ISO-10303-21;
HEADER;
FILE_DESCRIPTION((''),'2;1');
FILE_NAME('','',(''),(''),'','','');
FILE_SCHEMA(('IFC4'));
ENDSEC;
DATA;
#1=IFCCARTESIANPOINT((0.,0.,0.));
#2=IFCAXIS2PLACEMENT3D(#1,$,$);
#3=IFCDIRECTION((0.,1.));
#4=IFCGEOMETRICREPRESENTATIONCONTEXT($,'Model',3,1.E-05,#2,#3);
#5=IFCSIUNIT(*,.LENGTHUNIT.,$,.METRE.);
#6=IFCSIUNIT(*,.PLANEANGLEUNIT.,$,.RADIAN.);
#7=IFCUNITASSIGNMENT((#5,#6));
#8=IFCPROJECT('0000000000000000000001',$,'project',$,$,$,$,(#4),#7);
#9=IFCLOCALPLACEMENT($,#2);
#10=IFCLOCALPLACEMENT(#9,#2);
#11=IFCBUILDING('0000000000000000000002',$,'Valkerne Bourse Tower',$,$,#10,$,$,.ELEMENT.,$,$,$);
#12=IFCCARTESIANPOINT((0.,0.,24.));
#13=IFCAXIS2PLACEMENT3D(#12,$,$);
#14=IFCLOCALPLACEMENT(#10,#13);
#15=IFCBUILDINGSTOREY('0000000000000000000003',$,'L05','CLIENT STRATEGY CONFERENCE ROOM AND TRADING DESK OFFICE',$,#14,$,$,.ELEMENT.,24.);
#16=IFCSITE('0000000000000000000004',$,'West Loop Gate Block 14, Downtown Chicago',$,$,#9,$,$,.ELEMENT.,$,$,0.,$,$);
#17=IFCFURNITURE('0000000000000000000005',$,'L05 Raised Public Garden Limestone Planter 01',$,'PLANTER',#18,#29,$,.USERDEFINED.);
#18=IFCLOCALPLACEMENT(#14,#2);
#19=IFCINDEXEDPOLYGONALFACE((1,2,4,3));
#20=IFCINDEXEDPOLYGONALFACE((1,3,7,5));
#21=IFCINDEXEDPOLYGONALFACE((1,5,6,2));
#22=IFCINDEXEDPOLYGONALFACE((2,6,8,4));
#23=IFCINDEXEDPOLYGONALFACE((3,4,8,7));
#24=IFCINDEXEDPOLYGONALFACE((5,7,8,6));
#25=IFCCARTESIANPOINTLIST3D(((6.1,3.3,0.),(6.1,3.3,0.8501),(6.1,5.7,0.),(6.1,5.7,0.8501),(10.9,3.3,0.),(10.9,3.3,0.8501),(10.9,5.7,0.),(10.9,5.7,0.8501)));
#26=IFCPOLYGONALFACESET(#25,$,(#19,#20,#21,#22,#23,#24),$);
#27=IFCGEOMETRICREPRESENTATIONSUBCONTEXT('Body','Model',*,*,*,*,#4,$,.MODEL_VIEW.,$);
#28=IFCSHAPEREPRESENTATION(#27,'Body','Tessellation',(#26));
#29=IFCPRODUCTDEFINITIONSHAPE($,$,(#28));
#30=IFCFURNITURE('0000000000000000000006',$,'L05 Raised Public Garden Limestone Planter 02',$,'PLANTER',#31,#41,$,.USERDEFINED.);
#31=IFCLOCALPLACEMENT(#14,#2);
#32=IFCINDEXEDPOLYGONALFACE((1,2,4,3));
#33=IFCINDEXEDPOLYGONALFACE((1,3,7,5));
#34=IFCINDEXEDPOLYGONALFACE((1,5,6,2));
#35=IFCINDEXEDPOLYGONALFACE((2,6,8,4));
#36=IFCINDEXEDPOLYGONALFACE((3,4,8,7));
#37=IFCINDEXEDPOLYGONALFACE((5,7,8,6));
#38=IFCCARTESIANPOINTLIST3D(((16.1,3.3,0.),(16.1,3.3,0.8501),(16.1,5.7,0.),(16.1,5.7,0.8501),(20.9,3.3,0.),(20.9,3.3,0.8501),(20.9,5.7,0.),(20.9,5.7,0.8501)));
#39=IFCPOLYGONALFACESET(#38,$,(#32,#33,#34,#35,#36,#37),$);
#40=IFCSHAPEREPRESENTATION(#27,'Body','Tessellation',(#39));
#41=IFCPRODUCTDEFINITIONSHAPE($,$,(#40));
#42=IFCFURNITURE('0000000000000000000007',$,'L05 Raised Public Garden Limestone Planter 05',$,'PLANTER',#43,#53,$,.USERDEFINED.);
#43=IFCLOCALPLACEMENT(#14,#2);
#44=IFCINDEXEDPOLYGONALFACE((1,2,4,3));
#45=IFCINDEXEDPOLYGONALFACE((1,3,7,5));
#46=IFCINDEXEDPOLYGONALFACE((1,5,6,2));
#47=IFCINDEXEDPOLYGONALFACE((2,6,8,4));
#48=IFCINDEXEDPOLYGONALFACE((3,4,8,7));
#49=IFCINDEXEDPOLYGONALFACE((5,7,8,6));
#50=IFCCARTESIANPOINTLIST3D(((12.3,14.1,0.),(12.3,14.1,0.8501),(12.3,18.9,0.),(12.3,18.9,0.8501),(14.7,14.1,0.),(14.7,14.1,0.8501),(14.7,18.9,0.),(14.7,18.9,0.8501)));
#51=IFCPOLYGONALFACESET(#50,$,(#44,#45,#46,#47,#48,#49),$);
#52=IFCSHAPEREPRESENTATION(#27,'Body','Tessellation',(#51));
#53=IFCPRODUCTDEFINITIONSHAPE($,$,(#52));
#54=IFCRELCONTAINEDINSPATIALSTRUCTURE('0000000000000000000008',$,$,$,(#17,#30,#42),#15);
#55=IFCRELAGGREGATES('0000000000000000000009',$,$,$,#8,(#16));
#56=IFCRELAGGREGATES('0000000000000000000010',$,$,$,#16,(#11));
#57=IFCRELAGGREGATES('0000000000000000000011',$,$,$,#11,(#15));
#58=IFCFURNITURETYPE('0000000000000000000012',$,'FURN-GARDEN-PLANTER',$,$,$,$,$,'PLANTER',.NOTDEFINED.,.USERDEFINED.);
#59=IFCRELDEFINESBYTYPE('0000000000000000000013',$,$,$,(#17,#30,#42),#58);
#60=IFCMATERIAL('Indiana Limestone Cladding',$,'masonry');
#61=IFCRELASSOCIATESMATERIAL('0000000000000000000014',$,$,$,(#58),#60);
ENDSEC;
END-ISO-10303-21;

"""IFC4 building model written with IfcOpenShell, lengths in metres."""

from ifc_helpers import new_model, si_unit, direction, frame, origin, origin_2d, place, context, subcontext, project, spatial, rectangle, extrude, material, type_object, element, save


model = new_model("IFC4")

# Units and contexts
model_context = context("Model", 3, precision=1e-05, world=origin(), true_north=direction((0.0, 1.0)))
body_context = subcontext(model_context, "Body", "Model", "MODEL_VIEW")
ifc_project = project(units=[si_unit("LENGTHUNIT", "METRE"), si_unit("PLANEANGLEUNIT", "RADIAN")], contexts=[model_context])

# Site, building, storey
site_placement = place(None, origin())
site = spatial("IfcSite", under=ifc_project, at=site_placement, Name="West Loop Gate Block 14, Downtown Chicago", CompositionType="ELEMENT", RefElevation=0.0)
building_placement = place(site_placement, origin())
building = spatial("IfcBuilding", under=site, at=building_placement, Name="Valkerne Bourse Tower", CompositionType="ELEMENT")
storey_placement = place(building_placement, frame((0.0, 0.0, 24.0)))
storey = spatial("IfcBuildingStorey", under=building, at=storey_placement, Name="L05", Description="CLIENT STRATEGY CONFERENCE ROOM AND TRADING DESK OFFICE", CompositionType="ELEMENT", Elevation=24.0)

# Furniture
ifc_material_1 = material(Name="Indiana Limestone Cladding", Category="masonry")
furniture_type = type_object("IfcFurnitureType", Name="FURN-GARDEN-PLANTER", ElementType="PLANTER", AssemblyPlace="NOTDEFINED", PredefinedType="USERDEFINED", material=ifc_material_1)
for number, where, z_axis, x_axis, name in (
    (1, (8.5, 4.5, 0.0), (0.0, 0.0, 1.0), (1.0, 0.0, 0.0), "L05 Raised Public Garden Limestone Planter 01"),
    (2, (18.5, 4.5, 0.0), (0.0, 0.0, 1.0), (1.0, 0.0, 0.0), "L05 Raised Public Garden Limestone Planter 02"),
    (3, (13.5, 16.5, 0.0), (0.0, 0.0, 1.0), (0.0, 1.0, 0.0), "L05 Raised Public Garden Limestone Planter 05"),
):
    element("IfcFurniture", number, at=place(storey_placement, frame(where, z_axis=z_axis, x_axis=x_axis)), inside=storey, type_object=furniture_type, Name=name, ObjectType="PLANTER", PredefinedType="USERDEFINED", context=body_context, shape_type="SweptSolid", body=[
        extrude(rectangle(XDim=4.8, YDim=2.3999, at=origin_2d()), origin(), (0.0, 0.0, 1.0), 0.8501),
    ])

save(model, "model.ifc")
